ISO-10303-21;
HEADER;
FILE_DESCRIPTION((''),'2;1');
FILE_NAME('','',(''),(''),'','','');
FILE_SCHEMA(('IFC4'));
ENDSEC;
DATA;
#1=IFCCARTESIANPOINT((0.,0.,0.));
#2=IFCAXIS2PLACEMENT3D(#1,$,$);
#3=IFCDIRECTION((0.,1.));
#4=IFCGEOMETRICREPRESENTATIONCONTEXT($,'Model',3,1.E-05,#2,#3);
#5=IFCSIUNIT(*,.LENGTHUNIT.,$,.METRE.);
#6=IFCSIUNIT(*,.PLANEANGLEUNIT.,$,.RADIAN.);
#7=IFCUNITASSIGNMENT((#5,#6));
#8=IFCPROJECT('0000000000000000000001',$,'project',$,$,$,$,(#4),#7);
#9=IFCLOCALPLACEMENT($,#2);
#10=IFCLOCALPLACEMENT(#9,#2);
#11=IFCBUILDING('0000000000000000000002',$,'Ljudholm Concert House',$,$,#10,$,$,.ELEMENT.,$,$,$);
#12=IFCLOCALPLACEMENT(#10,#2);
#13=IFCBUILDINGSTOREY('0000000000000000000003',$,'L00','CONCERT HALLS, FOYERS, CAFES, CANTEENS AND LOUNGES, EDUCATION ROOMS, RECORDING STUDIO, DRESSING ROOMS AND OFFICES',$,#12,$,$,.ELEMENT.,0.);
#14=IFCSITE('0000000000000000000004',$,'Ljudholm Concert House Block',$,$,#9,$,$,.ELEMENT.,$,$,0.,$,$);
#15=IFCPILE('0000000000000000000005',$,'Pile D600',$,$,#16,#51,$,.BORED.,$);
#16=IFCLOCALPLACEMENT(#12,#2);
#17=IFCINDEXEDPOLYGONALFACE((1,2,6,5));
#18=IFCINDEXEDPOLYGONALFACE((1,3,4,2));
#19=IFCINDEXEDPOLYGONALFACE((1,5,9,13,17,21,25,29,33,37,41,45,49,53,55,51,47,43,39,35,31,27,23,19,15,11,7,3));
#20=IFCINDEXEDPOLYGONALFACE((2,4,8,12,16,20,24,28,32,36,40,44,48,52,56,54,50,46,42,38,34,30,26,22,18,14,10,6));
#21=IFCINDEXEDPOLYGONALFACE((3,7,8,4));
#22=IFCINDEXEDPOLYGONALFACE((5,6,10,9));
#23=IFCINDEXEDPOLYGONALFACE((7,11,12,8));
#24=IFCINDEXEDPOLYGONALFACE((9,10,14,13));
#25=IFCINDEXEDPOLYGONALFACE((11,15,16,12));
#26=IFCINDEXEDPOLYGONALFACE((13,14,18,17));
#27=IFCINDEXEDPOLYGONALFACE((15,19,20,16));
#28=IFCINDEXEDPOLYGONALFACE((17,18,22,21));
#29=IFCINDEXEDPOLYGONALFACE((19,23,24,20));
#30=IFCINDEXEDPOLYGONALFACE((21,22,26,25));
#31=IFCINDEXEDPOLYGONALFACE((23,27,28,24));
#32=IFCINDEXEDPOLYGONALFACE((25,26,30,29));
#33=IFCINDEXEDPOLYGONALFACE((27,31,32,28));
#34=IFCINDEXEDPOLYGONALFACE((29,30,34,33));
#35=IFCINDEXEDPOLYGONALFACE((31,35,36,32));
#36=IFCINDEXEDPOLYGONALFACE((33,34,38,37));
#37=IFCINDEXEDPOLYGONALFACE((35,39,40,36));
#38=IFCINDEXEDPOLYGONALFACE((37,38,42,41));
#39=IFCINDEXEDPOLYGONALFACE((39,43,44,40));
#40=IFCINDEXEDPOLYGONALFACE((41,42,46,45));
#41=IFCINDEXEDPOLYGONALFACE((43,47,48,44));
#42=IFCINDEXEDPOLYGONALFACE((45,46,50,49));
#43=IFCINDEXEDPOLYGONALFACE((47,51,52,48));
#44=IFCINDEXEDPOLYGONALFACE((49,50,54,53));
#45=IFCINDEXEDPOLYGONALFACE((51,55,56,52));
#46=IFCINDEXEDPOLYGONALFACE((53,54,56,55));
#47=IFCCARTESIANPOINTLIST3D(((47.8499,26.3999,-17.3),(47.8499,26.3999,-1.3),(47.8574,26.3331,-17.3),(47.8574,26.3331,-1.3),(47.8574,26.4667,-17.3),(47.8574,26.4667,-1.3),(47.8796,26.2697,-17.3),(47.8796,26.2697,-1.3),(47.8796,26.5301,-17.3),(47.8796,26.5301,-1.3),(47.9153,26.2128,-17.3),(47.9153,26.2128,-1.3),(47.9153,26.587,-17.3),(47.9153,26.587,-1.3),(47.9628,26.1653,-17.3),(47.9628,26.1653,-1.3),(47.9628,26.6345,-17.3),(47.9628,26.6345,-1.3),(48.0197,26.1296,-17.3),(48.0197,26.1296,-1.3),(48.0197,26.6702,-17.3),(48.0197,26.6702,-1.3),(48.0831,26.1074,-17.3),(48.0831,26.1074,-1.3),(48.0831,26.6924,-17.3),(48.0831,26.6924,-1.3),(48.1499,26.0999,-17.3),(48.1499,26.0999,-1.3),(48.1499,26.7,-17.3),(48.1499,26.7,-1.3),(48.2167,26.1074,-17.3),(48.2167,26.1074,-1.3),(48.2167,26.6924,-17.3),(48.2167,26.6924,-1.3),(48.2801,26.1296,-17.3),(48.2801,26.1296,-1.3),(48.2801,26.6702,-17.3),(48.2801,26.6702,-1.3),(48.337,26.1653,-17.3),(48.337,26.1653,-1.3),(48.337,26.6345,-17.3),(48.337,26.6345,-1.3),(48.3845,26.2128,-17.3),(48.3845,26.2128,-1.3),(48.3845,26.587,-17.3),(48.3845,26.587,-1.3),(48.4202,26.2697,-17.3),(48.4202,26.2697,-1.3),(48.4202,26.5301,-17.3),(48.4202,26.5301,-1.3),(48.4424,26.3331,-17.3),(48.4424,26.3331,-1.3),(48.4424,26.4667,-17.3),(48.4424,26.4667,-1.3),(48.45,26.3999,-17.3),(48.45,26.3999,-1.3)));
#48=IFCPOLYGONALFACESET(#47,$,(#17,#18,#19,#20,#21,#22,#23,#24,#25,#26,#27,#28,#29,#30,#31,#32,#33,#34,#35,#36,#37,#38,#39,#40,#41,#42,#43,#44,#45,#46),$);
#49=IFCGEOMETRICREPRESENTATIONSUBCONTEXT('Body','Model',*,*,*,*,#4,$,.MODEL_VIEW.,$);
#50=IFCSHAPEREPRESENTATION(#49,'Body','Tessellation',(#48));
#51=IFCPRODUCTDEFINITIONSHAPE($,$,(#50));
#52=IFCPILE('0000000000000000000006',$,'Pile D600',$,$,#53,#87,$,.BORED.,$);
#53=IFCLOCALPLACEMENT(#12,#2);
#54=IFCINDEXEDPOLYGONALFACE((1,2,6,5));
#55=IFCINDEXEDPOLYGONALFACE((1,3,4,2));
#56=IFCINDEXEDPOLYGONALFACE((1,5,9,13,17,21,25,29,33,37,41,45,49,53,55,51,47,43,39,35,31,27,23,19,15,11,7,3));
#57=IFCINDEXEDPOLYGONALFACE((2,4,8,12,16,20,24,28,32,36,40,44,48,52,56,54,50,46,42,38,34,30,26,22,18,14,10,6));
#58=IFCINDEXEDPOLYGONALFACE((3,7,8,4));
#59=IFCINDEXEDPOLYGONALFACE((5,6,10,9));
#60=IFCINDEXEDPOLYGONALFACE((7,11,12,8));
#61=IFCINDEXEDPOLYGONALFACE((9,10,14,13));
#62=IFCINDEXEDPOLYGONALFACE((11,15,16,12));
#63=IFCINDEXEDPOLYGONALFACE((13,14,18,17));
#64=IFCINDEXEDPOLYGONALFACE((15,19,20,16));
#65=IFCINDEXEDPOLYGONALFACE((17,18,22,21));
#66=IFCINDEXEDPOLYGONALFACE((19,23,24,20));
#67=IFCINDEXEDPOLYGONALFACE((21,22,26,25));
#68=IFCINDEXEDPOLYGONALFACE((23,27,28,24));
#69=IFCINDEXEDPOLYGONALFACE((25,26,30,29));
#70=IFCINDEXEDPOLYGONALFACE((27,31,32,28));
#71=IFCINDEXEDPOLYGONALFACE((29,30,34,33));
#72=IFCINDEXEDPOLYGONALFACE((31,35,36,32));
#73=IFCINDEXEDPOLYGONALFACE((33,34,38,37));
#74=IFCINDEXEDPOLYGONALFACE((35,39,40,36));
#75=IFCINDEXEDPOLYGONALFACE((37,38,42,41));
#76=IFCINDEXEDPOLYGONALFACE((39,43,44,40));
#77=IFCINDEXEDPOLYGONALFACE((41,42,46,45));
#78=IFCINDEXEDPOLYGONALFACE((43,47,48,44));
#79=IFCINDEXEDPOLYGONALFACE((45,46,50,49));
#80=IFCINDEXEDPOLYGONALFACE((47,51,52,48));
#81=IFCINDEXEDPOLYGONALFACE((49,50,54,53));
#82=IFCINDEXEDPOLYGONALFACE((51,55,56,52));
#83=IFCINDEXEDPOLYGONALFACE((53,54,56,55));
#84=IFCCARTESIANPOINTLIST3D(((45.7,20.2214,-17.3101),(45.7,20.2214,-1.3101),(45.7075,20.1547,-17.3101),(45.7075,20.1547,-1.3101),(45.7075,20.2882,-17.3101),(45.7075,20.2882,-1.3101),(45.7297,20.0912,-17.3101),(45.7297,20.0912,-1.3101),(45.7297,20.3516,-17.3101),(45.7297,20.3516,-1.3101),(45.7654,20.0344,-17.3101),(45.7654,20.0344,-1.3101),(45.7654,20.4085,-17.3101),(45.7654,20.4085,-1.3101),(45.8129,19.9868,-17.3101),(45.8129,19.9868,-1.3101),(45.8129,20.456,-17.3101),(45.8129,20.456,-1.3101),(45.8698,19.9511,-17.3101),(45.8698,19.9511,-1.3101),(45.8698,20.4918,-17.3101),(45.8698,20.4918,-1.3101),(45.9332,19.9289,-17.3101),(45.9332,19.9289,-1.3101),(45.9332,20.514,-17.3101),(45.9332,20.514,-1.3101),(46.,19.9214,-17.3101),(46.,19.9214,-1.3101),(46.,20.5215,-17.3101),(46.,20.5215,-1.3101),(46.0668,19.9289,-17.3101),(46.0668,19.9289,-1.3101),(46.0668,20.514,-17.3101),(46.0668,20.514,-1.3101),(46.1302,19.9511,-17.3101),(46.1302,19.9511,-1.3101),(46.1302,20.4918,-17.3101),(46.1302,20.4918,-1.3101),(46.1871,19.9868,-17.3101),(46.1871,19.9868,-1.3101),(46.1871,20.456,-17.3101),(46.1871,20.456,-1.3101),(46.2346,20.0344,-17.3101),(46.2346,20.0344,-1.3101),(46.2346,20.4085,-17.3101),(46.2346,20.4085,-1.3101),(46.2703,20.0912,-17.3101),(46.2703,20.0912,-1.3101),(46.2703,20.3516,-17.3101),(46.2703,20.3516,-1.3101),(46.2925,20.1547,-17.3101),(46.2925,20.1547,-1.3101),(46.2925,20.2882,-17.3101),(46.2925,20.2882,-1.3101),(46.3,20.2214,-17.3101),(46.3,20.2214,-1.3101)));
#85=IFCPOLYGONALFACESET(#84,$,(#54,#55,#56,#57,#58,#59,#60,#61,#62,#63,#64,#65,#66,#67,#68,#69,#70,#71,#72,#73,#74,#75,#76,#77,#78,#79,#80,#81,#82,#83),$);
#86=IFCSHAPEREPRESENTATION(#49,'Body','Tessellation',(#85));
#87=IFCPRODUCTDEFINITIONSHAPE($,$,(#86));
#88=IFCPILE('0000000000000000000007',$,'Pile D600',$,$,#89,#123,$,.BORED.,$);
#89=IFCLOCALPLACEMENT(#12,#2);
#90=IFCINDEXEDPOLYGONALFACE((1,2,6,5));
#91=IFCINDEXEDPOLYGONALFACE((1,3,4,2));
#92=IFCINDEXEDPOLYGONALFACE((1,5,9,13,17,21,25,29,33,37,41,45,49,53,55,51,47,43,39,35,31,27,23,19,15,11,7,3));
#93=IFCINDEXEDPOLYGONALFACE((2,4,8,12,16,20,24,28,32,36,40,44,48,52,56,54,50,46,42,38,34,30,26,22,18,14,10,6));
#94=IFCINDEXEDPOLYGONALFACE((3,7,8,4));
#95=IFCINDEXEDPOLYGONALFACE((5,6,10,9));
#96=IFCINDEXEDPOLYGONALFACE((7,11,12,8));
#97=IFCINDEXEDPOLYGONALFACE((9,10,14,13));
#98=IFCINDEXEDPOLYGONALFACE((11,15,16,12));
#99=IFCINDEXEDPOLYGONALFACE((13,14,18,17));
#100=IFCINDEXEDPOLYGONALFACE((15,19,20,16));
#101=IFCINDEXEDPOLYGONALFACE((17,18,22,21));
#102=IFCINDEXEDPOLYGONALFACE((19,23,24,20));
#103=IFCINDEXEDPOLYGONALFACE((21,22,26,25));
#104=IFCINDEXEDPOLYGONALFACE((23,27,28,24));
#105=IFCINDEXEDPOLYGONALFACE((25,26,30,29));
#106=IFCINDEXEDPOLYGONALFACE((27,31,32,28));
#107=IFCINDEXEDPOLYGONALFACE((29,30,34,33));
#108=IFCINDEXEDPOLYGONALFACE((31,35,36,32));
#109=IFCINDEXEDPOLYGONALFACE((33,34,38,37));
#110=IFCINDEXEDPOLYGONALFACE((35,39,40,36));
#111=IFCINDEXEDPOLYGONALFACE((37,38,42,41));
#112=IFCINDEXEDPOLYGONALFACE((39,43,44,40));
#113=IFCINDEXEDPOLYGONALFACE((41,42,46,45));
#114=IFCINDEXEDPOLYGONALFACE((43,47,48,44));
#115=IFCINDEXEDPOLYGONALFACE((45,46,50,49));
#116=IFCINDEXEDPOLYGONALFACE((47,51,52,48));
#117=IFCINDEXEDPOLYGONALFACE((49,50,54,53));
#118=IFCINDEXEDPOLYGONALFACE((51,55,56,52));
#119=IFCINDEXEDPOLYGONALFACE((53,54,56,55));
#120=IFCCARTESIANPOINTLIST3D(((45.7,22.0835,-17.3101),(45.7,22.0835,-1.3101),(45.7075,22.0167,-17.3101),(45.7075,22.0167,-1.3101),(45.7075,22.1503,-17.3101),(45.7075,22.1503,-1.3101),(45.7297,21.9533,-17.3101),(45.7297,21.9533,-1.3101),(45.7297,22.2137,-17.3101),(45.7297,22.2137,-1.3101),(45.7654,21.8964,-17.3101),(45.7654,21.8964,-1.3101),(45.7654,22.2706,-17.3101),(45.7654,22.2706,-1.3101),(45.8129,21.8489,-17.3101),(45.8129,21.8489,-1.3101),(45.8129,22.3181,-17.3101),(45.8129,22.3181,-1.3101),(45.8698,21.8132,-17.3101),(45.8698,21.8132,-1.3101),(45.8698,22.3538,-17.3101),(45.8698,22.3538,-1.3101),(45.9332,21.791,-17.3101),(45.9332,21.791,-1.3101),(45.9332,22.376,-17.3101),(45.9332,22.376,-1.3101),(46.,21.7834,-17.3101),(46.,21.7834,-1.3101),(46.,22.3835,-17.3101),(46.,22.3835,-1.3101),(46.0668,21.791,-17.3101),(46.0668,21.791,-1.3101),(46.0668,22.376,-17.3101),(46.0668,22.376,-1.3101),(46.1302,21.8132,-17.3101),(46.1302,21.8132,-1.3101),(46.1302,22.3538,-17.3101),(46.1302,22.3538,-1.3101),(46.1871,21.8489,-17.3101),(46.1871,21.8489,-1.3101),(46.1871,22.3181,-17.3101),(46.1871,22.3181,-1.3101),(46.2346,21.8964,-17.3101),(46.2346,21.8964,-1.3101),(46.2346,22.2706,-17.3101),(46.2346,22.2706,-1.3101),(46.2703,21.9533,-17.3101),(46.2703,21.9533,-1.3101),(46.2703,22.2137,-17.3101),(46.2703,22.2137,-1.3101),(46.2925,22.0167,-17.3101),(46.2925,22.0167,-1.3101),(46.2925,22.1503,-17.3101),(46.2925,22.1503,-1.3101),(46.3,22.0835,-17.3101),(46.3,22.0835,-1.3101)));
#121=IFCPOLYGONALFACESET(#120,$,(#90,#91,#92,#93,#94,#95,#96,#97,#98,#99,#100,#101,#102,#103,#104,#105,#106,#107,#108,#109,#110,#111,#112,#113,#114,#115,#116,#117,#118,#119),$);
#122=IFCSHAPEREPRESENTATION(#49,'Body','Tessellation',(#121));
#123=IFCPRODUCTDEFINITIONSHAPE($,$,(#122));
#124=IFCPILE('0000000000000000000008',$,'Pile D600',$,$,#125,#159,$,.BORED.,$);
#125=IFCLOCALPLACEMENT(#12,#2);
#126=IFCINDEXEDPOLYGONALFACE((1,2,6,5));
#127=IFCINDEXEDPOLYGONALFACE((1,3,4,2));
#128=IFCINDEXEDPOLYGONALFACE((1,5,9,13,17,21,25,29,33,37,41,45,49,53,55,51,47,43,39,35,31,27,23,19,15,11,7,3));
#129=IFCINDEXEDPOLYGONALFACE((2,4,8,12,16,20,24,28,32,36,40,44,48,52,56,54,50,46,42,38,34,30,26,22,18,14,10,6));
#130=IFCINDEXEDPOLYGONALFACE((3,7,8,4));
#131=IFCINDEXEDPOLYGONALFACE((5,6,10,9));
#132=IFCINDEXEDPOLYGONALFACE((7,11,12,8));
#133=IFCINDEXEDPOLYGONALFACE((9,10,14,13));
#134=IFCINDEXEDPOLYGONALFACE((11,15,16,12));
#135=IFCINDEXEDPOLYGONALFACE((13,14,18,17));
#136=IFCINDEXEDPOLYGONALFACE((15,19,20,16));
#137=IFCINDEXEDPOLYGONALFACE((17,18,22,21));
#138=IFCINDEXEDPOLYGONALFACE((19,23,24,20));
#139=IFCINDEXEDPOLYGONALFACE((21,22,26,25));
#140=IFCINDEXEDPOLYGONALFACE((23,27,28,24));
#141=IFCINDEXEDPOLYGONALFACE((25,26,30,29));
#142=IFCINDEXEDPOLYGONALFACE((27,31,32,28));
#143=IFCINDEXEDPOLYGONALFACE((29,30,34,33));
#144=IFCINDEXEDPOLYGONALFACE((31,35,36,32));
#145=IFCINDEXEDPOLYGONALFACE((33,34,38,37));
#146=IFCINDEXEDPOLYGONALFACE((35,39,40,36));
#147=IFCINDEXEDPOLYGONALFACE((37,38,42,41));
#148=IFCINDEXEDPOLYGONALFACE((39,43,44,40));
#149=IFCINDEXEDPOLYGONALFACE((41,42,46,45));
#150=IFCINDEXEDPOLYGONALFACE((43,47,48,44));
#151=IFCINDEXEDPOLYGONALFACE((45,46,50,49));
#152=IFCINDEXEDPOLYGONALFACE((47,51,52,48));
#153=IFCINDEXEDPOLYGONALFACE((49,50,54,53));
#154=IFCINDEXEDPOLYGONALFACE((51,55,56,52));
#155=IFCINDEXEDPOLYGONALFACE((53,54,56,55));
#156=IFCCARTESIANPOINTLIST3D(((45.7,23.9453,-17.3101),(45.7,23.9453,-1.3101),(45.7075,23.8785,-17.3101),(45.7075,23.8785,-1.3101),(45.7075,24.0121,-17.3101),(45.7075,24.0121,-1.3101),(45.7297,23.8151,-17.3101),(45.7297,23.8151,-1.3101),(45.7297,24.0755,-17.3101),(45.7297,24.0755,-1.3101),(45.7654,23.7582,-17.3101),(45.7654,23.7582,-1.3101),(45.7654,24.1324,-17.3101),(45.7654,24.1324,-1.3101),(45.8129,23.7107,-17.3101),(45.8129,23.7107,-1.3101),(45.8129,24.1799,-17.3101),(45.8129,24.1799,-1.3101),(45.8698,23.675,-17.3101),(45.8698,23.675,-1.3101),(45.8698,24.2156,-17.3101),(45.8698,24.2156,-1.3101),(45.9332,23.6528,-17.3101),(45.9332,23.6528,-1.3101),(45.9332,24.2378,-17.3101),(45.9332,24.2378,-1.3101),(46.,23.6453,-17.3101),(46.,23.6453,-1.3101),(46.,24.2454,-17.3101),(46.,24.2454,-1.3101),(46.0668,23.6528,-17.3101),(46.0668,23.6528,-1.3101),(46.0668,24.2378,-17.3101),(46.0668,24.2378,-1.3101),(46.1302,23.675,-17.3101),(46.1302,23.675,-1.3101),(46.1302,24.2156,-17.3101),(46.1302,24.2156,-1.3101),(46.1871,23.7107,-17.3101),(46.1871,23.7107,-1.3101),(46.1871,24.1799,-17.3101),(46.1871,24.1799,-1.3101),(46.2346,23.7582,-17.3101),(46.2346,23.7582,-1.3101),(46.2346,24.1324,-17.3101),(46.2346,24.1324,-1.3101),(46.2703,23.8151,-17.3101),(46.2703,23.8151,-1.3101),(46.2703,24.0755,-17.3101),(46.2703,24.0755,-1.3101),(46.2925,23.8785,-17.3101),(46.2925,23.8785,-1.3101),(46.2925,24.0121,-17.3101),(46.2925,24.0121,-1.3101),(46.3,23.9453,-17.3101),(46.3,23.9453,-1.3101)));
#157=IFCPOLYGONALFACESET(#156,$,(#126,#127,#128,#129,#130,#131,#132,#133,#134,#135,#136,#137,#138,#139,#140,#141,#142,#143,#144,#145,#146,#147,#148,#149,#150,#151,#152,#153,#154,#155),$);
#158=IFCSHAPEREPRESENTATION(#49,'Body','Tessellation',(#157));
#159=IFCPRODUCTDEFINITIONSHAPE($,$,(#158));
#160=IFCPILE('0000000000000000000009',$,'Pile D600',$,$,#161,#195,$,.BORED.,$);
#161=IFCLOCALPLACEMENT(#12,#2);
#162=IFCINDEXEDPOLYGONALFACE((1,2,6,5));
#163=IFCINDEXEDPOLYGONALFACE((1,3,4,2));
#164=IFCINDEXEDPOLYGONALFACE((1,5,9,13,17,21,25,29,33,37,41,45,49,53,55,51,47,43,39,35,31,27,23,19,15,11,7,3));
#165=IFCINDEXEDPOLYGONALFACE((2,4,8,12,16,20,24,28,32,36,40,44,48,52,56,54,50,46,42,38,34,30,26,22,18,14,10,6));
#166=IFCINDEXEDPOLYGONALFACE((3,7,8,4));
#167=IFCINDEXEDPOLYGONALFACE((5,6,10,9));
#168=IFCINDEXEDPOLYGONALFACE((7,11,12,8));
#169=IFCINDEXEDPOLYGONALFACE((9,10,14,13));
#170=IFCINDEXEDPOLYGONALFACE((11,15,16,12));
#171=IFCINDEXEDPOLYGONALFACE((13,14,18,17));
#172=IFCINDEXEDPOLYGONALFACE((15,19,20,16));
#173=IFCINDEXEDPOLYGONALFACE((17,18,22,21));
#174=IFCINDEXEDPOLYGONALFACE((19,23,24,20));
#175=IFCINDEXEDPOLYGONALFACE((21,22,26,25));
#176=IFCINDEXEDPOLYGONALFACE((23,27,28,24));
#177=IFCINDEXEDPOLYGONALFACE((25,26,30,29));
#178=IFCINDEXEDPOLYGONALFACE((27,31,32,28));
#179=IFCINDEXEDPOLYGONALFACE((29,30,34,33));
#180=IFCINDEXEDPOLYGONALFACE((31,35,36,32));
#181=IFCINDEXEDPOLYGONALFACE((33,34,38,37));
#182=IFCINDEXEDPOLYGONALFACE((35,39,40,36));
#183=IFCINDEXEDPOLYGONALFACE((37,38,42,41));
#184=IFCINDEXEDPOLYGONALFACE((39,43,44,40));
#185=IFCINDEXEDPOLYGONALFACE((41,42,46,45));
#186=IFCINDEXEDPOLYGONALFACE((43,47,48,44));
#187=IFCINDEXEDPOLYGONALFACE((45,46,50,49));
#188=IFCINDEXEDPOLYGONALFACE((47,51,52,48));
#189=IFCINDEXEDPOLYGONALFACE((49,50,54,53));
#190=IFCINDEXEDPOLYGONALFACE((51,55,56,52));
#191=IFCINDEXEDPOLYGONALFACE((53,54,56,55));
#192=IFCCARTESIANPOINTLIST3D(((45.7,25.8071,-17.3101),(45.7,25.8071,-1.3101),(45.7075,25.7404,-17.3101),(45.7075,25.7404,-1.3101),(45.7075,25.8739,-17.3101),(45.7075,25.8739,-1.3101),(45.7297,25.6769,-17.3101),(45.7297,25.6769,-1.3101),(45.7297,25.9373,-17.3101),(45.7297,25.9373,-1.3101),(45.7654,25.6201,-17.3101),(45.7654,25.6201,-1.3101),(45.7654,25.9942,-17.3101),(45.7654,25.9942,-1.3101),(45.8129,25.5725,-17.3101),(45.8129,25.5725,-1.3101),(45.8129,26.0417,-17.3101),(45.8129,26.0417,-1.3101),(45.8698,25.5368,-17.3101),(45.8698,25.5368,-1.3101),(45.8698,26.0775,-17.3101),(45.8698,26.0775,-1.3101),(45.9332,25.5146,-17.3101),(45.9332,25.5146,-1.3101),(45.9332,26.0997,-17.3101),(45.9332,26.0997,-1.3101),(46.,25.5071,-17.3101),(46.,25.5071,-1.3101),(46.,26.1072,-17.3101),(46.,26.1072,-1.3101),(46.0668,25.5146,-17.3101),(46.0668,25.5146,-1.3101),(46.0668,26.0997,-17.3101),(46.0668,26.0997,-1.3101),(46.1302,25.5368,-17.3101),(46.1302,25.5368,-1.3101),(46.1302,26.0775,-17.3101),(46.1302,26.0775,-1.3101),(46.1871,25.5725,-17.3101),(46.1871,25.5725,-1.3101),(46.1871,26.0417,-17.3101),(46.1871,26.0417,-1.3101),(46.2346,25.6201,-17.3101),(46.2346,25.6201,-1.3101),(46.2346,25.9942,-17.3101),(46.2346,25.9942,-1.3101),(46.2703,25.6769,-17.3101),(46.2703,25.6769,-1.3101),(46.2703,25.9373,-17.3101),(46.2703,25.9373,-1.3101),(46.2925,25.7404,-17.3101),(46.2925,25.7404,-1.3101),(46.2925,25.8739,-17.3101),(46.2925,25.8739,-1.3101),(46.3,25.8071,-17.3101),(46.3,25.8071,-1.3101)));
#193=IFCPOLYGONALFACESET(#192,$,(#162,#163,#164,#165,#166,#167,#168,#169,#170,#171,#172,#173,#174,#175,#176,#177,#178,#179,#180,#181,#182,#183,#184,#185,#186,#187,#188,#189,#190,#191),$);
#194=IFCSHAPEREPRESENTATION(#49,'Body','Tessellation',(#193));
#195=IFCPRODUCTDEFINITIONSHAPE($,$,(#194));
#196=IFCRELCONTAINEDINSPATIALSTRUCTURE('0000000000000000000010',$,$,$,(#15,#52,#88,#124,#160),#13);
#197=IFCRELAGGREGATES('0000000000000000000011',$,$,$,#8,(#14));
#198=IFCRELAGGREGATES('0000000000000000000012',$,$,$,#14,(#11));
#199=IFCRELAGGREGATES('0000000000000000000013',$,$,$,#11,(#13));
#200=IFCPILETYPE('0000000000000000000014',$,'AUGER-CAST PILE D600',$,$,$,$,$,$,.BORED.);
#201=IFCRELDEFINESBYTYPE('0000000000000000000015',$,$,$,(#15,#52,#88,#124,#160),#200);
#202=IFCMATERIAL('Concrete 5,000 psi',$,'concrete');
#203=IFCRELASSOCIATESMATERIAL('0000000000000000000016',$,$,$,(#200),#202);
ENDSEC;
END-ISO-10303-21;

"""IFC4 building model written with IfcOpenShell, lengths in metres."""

from ifc_helpers import new_model, si_unit, direction, frame, origin, origin_2d, place, context, subcontext, project, spatial, circle, extrude, material, material_profile, profile_set, type_object, element, save


model = new_model("IFC4")

# Units and contexts
model_context = context("Model", 3, precision=1e-05, world=origin(), true_north=direction((0.0, 1.0)))
body_context = subcontext(model_context, "Body", "Model", "MODEL_VIEW")
ifc_project = project(units=[si_unit("LENGTHUNIT", "METRE"), si_unit("PLANEANGLEUNIT", "RADIAN")], contexts=[model_context])

# Site, building, storey
site_placement = place(None, origin())
site = spatial("IfcSite", under=ifc_project, at=site_placement, Name="Ljudholm Concert House Block", CompositionType="ELEMENT", RefElevation=0.0)
building_placement = place(site_placement, origin())
building = spatial("IfcBuilding", under=site, at=building_placement, Name="Ljudholm Concert House", CompositionType="ELEMENT")
storey_placement = place(building_placement, origin())
storey = spatial("IfcBuildingStorey", under=building, at=storey_placement, Name="L00", Description="CONCERT HALLS, FOYERS, CAFES, CANTEENS AND LOUNGES, EDUCATION ROOMS, RECORDING STUDIO, DRESSING ROOMS AND OFFICES", CompositionType="ELEMENT", Elevation=0.0)

# Piles
ifc_material_1 = material(Name="Concrete 5,000 psi", Category="concrete")
ifc_material_profile_1 = material_profile(ifc_material_1, circle(Radius=0.3, at=origin_2d()), Name="AUGER-CAST PILE D600")
ifc_profile_set_1 = profile_set([ifc_material_profile_1], Name="Concrete 5,000 psi")
pile_type = type_object("IfcPileType", Name="AUGER-CAST PILE D600", PredefinedType="BORED", material=ifc_profile_set_1)
for number, where, z_axis, x_axis, name in (
    (1, (48.1499, 26.3999, -1.3), (0.0, 0.0, -1.0), (1.0, 0.0, 0.0), "Pile D600"),
    (2, (46.0, 20.2214, -1.3101), (0.0, 0.0, -1.0), (1.0, 0.0, 0.0), "Pile D600"),
    (3, (46.0, 22.0835, -1.3101), (0.0, 0.0, -1.0), (1.0, 0.0, 0.0), "Pile D600"),
    (4, (46.0, 23.9453, -1.3101), (0.0, 0.0, -1.0), (1.0, 0.0, 0.0), "Pile D600"),
    (5, (46.0, 25.8071, -1.3101), (0.0, 0.0, -1.0), (1.0, 0.0, 0.0), "Pile D600"),
):
    element("IfcPile", number, at=place(storey_placement, frame(where, z_axis=z_axis, x_axis=x_axis)), inside=storey, type_object=pile_type, Name=name, PredefinedType="BORED", context=body_context, shape_type="SweptSolid", body=[
        extrude(circle(Radius=0.3, at=origin_2d()), origin(), (0.0, 0.0, 1.0), 16.0),
    ])

save(model, "model.ifc")
